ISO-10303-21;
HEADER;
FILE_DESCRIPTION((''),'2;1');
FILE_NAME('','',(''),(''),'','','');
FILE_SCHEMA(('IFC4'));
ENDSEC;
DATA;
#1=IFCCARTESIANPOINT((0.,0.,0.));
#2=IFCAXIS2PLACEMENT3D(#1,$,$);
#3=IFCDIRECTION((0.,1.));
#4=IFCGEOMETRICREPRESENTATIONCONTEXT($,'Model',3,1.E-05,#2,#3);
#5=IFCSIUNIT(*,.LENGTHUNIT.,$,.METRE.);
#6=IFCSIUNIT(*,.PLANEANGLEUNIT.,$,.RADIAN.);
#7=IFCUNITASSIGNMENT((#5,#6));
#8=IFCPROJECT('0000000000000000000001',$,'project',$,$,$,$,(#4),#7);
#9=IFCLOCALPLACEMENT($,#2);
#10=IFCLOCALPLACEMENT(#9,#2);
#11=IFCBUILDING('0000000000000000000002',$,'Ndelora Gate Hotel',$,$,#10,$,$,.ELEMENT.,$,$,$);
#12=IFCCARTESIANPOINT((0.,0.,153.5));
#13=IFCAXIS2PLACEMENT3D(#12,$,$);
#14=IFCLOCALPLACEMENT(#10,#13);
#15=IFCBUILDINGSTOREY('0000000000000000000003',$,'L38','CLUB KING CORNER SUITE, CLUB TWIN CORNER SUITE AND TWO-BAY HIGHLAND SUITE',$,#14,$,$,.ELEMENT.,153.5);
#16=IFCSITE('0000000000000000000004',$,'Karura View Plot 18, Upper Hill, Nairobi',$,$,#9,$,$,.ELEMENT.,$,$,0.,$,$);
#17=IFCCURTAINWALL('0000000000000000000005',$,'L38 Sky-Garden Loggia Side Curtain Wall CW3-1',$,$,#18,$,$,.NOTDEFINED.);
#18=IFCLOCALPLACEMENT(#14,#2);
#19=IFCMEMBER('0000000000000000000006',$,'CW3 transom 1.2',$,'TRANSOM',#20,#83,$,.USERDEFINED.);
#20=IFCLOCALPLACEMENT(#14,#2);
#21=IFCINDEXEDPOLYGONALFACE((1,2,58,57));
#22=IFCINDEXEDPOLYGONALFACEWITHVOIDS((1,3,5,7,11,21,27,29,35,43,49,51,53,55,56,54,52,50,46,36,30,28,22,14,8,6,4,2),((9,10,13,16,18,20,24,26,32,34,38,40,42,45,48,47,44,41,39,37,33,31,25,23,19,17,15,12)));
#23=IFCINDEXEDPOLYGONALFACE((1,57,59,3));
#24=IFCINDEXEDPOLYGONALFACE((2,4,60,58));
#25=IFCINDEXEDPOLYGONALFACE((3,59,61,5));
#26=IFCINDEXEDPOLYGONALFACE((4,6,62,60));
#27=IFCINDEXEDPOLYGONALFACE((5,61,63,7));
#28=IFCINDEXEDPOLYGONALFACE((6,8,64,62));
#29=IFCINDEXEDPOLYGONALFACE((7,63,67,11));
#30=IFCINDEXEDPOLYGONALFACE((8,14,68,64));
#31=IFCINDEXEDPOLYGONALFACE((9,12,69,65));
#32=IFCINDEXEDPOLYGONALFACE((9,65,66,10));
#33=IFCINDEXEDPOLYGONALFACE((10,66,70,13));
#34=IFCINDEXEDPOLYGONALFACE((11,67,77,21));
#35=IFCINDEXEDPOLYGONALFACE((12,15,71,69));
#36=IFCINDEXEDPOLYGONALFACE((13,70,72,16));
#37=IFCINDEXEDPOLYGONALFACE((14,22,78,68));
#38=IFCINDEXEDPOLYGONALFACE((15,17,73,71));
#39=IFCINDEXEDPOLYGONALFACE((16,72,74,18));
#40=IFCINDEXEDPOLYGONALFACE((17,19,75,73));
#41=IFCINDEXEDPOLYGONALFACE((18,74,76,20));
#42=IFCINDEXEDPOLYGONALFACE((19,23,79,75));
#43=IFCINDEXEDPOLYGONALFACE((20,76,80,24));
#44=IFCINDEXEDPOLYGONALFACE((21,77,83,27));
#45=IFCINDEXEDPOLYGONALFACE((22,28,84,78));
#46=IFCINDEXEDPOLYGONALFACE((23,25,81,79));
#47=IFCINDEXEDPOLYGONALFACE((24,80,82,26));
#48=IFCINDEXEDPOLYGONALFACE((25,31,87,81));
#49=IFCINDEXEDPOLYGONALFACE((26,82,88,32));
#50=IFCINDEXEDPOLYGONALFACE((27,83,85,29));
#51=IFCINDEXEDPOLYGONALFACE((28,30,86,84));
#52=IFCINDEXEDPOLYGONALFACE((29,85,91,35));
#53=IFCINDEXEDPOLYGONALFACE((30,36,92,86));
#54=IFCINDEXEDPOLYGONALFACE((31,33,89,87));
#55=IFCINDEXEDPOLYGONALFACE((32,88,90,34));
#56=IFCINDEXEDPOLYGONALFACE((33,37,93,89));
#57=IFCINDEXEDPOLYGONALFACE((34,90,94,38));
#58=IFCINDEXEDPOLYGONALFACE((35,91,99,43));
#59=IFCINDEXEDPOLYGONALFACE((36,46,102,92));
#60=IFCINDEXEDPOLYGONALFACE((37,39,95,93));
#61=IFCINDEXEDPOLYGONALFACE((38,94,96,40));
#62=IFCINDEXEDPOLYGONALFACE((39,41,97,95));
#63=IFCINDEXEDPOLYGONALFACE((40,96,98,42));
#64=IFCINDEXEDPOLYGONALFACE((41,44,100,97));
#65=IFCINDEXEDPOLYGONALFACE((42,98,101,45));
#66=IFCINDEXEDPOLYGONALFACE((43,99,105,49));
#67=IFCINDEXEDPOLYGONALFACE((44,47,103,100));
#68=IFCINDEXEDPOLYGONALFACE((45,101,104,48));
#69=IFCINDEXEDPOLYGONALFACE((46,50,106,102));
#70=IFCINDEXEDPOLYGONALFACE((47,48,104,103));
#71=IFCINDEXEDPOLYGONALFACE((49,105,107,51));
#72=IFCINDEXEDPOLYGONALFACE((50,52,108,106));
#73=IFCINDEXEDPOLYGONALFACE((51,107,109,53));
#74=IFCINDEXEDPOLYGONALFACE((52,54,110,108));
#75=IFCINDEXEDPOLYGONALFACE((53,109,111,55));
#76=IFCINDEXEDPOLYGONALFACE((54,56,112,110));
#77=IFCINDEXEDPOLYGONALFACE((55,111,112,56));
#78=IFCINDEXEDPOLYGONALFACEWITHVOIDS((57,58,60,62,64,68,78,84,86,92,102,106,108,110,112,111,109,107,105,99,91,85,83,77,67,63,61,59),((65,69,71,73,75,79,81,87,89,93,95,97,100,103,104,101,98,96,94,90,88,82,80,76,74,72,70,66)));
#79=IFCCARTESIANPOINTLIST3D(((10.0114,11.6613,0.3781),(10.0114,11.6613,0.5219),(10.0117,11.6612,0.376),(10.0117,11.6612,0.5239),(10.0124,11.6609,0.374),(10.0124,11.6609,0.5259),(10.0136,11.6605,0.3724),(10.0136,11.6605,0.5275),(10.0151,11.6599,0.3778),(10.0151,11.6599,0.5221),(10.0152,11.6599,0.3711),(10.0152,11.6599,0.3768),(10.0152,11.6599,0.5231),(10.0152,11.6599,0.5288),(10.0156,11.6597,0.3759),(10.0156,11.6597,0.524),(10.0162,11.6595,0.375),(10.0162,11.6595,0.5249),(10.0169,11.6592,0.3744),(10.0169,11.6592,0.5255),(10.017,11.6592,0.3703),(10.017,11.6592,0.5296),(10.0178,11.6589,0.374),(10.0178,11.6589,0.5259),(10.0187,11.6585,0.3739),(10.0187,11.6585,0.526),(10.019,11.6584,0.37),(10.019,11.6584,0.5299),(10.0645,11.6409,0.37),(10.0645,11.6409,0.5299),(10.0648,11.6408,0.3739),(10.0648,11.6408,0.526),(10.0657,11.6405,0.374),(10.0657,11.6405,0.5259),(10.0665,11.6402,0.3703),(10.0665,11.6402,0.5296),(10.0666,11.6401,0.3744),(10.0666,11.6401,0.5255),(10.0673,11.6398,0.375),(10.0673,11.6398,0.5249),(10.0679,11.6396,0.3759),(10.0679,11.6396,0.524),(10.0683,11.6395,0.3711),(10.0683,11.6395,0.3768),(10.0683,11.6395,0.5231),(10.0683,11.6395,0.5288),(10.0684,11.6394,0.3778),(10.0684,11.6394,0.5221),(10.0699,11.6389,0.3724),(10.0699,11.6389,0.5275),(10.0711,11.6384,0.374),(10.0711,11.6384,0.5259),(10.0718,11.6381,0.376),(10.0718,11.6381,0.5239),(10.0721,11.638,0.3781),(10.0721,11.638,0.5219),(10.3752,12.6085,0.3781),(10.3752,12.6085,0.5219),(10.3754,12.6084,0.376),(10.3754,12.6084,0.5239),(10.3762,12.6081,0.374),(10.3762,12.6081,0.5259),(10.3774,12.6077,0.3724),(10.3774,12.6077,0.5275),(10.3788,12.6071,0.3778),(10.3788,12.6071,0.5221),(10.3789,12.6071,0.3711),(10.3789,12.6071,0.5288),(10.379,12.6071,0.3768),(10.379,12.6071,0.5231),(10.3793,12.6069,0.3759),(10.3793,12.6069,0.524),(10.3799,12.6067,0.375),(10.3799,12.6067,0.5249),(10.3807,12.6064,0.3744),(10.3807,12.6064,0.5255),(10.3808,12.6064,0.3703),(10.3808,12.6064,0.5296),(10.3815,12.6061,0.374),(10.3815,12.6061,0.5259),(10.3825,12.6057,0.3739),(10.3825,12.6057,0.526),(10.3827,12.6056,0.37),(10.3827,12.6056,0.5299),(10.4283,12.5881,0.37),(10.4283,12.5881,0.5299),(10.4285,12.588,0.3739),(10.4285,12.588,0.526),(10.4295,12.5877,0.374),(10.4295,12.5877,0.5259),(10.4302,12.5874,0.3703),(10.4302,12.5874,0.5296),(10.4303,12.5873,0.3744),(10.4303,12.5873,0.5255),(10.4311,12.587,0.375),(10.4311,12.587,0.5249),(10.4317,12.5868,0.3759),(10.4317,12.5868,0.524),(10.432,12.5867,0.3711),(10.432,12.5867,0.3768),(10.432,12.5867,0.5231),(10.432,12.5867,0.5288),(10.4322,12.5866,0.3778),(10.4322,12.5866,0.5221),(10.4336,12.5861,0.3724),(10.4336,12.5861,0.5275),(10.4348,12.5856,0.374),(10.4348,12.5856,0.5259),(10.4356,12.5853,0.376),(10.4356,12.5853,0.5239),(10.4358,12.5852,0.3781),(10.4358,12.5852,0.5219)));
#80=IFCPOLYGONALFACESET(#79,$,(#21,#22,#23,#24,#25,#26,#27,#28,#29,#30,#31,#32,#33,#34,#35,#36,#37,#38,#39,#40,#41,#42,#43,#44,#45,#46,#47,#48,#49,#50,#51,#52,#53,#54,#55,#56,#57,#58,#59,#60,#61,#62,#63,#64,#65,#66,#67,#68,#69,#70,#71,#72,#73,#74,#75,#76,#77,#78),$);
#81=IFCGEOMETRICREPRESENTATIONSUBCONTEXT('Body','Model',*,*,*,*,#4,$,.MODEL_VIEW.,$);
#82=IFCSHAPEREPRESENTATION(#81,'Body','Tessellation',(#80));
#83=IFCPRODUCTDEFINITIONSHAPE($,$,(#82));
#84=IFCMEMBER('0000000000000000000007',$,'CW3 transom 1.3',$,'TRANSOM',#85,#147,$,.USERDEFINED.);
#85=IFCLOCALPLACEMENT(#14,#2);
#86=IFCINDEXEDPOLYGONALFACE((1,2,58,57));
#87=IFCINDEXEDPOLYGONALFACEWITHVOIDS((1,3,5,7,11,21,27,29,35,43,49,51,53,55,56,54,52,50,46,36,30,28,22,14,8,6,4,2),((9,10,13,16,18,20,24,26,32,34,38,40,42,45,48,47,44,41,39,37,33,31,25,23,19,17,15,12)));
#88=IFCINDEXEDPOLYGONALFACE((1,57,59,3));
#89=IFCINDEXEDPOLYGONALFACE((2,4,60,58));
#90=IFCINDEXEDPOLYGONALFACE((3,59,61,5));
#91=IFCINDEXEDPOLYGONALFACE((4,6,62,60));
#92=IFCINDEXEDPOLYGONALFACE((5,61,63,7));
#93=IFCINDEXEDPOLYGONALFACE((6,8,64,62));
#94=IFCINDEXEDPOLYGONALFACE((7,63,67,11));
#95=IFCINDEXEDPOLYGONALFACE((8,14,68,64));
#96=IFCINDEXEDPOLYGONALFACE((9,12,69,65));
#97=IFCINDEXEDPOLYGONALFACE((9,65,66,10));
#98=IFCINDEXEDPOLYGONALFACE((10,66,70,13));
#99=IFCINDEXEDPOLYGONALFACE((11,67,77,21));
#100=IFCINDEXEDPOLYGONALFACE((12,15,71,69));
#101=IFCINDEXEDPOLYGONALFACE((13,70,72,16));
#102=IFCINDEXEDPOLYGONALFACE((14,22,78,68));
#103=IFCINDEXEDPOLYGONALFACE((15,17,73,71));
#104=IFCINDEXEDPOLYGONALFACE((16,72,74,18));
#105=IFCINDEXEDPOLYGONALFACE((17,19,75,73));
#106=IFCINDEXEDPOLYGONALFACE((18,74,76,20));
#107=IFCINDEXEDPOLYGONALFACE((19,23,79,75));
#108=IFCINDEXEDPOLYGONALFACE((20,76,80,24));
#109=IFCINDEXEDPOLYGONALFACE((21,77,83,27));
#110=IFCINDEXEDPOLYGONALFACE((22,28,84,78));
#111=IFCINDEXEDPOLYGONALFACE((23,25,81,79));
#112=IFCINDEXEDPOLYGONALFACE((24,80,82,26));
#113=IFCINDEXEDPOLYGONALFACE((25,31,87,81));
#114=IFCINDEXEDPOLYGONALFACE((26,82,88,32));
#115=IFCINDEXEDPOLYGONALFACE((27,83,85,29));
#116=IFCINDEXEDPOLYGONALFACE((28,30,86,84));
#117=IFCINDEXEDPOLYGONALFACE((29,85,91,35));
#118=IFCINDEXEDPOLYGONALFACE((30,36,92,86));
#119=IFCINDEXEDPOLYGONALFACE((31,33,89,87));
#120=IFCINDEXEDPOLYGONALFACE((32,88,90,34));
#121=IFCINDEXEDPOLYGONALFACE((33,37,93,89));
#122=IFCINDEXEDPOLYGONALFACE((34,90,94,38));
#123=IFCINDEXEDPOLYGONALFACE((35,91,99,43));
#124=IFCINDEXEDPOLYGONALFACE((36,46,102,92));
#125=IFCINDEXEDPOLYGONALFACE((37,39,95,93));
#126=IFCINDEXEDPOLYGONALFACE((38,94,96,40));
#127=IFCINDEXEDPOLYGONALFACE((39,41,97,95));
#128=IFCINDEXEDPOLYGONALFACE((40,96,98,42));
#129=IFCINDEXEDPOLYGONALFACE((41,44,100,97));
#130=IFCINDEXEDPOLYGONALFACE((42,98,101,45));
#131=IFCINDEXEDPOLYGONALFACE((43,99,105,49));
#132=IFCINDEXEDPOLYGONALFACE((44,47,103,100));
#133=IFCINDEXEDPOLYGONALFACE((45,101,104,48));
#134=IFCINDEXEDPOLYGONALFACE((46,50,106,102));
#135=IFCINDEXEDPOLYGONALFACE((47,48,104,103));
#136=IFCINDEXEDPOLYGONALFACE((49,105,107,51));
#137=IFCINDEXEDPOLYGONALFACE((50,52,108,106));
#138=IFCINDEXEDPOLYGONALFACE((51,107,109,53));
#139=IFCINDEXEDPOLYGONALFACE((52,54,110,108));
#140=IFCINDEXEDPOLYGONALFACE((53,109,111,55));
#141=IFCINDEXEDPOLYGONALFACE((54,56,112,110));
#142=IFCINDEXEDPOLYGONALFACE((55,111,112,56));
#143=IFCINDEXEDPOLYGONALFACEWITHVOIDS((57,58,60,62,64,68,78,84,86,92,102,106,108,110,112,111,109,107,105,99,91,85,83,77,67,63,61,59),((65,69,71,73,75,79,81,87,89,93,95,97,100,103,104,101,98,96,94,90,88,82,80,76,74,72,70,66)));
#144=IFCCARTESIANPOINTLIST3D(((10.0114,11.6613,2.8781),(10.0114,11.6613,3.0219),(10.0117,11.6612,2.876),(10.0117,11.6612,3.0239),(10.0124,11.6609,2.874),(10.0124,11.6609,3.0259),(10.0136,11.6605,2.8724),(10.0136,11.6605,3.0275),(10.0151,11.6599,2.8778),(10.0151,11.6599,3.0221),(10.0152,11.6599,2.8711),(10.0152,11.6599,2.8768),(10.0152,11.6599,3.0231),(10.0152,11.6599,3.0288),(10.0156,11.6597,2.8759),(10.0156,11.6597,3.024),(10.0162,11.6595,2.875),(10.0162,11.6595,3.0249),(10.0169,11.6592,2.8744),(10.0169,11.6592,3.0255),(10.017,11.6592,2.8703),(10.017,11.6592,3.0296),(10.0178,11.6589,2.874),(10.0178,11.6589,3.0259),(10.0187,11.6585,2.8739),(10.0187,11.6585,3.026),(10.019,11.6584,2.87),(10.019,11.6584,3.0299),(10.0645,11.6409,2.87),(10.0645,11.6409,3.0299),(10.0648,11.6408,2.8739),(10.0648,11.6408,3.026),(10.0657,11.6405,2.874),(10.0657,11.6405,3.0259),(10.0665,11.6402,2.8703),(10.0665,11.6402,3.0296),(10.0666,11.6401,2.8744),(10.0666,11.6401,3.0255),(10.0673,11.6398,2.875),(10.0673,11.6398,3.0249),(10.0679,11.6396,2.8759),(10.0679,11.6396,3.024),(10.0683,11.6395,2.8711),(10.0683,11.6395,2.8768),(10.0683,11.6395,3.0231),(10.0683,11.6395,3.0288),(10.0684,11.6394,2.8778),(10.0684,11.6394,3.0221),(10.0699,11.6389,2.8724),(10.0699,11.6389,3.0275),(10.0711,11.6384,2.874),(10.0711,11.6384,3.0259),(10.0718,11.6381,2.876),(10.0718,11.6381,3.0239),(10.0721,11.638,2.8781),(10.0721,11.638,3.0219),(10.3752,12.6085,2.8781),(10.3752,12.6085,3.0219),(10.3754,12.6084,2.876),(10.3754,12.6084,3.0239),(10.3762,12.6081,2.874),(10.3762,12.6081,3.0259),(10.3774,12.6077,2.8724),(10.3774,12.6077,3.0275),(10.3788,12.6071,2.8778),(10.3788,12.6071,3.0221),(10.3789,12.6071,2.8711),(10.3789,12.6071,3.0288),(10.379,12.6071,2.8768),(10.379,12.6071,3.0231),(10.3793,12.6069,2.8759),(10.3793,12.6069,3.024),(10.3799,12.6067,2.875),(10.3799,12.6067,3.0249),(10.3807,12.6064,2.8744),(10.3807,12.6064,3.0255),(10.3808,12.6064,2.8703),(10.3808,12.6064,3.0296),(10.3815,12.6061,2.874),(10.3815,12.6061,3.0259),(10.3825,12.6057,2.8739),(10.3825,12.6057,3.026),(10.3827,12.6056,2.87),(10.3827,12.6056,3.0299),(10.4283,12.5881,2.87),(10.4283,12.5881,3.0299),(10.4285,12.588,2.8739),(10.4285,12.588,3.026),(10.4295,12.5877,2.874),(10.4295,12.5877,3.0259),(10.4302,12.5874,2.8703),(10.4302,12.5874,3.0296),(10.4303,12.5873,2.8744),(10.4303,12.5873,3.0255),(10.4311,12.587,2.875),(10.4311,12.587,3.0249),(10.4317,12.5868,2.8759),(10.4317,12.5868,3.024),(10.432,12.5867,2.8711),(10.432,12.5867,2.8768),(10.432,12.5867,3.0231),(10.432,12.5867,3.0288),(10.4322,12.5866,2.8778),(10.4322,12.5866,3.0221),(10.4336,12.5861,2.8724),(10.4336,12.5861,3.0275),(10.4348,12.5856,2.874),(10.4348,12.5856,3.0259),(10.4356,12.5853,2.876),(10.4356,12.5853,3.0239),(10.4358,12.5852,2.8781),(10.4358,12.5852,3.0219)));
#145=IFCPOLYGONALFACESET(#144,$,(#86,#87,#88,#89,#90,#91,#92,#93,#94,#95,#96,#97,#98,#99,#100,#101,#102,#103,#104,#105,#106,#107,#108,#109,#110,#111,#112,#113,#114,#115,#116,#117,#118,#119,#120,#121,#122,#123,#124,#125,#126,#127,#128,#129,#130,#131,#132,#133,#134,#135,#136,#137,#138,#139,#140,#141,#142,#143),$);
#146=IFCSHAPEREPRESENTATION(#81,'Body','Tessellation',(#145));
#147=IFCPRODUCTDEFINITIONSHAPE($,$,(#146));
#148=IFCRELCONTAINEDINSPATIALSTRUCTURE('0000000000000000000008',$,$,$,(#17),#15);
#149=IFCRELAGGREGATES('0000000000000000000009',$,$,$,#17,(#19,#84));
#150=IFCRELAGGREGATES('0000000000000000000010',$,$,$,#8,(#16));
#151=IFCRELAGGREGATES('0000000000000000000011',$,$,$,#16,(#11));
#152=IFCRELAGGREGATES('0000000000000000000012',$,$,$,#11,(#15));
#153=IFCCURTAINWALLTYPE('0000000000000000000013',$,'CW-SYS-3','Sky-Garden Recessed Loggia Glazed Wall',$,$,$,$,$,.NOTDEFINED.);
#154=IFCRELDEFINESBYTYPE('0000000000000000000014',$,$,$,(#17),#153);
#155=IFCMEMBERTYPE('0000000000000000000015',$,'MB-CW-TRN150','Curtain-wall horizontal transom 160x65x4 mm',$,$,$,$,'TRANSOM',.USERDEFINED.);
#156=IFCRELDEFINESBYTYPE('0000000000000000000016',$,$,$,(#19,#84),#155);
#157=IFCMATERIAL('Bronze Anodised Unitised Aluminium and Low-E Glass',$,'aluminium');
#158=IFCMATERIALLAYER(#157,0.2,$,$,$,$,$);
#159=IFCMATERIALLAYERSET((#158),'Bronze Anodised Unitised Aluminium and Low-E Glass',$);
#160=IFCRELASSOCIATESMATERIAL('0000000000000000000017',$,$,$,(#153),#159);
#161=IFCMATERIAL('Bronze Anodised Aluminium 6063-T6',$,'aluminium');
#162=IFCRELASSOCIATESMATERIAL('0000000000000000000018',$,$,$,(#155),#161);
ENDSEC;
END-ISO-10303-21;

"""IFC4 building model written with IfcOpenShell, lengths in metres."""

from ifc_helpers import new_model, si_unit, direction, frame, origin, origin_2d, place, context, subcontext, project, spatial, hollow_rectangle, extrude, material, layer, layer_set, material_profile, profile_set, type_object, element, aggregate, save


model = new_model("IFC4")

# Units and contexts
model_context = context("Model", 3, precision=1e-05, world=origin(), true_north=direction((0.0, 1.0)))
body_context = subcontext(model_context, "Body", "Model", "MODEL_VIEW")
ifc_project = project(units=[si_unit("LENGTHUNIT", "METRE"), si_unit("PLANEANGLEUNIT", "RADIAN")], contexts=[model_context])

# Site, building, storey
site_placement = place(None, origin())
site = spatial("IfcSite", under=ifc_project, at=site_placement, Name="Karura View Plot 18, Upper Hill, Nairobi", CompositionType="ELEMENT", RefElevation=0.0)
building_placement = place(site_placement, origin())
building = spatial("IfcBuilding", under=site, at=building_placement, Name="Ndelora Gate Hotel", CompositionType="ELEMENT")
storey_placement = place(building_placement, frame((0.0, 0.0, 153.5)))
storey = spatial("IfcBuildingStorey", under=building, at=storey_placement, Name="L38", Description="CLUB KING CORNER SUITE, CLUB TWIN CORNER SUITE AND TWO-BAY HIGHLAND SUITE", CompositionType="ELEMENT", Elevation=153.5)

# Curtain wall, members
ifc_material_1 = material(Name="Bronze Anodised Unitised Aluminium and Low-E Glass", Category="aluminium")
ifc_layer_1 = layer(ifc_material_1, 0.2)
ifc_layer_set_1 = layer_set([ifc_layer_1], Name="Bronze Anodised Unitised Aluminium and Low-E Glass")
curtain_wall_type = type_object("IfcCurtainWallType", Name="CW-SYS-3", Description="Sky-Garden Recessed Loggia Glazed Wall", PredefinedType="NOTDEFINED", material=ifc_layer_set_1)
curtain_wall_placement = place(storey_placement, origin())
curtain_wall = element("IfcCurtainWall", 1, at=curtain_wall_placement, inside=storey, type_object=curtain_wall_type, Name="L38 Sky-Garden Loggia Side Curtain Wall CW3-1", PredefinedType="NOTDEFINED")
ifc_material_2 = material(Name="Bronze Anodised Aluminium 6063-T6", Category="aluminium")
ifc_material_profile_1 = material_profile(ifc_material_2, hollow_rectangle(XDim=0.0649, YDim=0.1599, WallThickness=0.0039, InnerFilletRadius=0.0039, OuterFilletRadius=0.0081, at=origin_2d()), Name="ALU 160x65x4")
ifc_profile_set_1 = profile_set([ifc_material_profile_1], Name="Bronze Anodised Aluminium 6063-T6")
member_type_1 = type_object("IfcMemberType", Name="MB-CW-TRN150", Description="Curtain-wall horizontal transom 160x65x4 mm", ElementType="TRANSOM", PredefinedType="USERDEFINED", material=ifc_profile_set_1)
member_1_placement = place(storey_placement, frame((10.0417, 11.6497, 0.45), z_axis=(0.358495, 0.933532, 0.0), x_axis=(-0.933532, 0.358495, 0.0)))
member_1 = element("IfcMember", 2, at=member_1_placement, type_object=member_type_1, Name="CW3 transom 1.2", ObjectType="TRANSOM", PredefinedType="USERDEFINED", context=body_context, shape_type="SweptSolid", body=[
    extrude(hollow_rectangle(XDim=0.0649, YDim=0.1599, WallThickness=0.0039, InnerFilletRadius=0.0039, OuterFilletRadius=0.0081, at=origin_2d()), origin(), (0.0, 0.0, 1.0), 1.0146),
])
member_2_placement = place(storey_placement, frame((10.0417, 11.6497, 2.95), z_axis=(0.358495, 0.933532, 0.0), x_axis=(-0.933532, 0.358495, 0.0)))
member_2 = element("IfcMember", 3, at=member_2_placement, type_object=member_type_1, Name="CW3 transom 1.3", ObjectType="TRANSOM", PredefinedType="USERDEFINED", context=body_context, shape_type="SweptSolid", body=[
    extrude(hollow_rectangle(XDim=0.0649, YDim=0.1599, WallThickness=0.0039, InnerFilletRadius=0.0039, OuterFilletRadius=0.0081, at=origin_2d()), origin(), (0.0, 0.0, 1.0), 1.0146),
])
aggregate(curtain_wall, [member_1, member_2])

save(model, "model.ifc")
